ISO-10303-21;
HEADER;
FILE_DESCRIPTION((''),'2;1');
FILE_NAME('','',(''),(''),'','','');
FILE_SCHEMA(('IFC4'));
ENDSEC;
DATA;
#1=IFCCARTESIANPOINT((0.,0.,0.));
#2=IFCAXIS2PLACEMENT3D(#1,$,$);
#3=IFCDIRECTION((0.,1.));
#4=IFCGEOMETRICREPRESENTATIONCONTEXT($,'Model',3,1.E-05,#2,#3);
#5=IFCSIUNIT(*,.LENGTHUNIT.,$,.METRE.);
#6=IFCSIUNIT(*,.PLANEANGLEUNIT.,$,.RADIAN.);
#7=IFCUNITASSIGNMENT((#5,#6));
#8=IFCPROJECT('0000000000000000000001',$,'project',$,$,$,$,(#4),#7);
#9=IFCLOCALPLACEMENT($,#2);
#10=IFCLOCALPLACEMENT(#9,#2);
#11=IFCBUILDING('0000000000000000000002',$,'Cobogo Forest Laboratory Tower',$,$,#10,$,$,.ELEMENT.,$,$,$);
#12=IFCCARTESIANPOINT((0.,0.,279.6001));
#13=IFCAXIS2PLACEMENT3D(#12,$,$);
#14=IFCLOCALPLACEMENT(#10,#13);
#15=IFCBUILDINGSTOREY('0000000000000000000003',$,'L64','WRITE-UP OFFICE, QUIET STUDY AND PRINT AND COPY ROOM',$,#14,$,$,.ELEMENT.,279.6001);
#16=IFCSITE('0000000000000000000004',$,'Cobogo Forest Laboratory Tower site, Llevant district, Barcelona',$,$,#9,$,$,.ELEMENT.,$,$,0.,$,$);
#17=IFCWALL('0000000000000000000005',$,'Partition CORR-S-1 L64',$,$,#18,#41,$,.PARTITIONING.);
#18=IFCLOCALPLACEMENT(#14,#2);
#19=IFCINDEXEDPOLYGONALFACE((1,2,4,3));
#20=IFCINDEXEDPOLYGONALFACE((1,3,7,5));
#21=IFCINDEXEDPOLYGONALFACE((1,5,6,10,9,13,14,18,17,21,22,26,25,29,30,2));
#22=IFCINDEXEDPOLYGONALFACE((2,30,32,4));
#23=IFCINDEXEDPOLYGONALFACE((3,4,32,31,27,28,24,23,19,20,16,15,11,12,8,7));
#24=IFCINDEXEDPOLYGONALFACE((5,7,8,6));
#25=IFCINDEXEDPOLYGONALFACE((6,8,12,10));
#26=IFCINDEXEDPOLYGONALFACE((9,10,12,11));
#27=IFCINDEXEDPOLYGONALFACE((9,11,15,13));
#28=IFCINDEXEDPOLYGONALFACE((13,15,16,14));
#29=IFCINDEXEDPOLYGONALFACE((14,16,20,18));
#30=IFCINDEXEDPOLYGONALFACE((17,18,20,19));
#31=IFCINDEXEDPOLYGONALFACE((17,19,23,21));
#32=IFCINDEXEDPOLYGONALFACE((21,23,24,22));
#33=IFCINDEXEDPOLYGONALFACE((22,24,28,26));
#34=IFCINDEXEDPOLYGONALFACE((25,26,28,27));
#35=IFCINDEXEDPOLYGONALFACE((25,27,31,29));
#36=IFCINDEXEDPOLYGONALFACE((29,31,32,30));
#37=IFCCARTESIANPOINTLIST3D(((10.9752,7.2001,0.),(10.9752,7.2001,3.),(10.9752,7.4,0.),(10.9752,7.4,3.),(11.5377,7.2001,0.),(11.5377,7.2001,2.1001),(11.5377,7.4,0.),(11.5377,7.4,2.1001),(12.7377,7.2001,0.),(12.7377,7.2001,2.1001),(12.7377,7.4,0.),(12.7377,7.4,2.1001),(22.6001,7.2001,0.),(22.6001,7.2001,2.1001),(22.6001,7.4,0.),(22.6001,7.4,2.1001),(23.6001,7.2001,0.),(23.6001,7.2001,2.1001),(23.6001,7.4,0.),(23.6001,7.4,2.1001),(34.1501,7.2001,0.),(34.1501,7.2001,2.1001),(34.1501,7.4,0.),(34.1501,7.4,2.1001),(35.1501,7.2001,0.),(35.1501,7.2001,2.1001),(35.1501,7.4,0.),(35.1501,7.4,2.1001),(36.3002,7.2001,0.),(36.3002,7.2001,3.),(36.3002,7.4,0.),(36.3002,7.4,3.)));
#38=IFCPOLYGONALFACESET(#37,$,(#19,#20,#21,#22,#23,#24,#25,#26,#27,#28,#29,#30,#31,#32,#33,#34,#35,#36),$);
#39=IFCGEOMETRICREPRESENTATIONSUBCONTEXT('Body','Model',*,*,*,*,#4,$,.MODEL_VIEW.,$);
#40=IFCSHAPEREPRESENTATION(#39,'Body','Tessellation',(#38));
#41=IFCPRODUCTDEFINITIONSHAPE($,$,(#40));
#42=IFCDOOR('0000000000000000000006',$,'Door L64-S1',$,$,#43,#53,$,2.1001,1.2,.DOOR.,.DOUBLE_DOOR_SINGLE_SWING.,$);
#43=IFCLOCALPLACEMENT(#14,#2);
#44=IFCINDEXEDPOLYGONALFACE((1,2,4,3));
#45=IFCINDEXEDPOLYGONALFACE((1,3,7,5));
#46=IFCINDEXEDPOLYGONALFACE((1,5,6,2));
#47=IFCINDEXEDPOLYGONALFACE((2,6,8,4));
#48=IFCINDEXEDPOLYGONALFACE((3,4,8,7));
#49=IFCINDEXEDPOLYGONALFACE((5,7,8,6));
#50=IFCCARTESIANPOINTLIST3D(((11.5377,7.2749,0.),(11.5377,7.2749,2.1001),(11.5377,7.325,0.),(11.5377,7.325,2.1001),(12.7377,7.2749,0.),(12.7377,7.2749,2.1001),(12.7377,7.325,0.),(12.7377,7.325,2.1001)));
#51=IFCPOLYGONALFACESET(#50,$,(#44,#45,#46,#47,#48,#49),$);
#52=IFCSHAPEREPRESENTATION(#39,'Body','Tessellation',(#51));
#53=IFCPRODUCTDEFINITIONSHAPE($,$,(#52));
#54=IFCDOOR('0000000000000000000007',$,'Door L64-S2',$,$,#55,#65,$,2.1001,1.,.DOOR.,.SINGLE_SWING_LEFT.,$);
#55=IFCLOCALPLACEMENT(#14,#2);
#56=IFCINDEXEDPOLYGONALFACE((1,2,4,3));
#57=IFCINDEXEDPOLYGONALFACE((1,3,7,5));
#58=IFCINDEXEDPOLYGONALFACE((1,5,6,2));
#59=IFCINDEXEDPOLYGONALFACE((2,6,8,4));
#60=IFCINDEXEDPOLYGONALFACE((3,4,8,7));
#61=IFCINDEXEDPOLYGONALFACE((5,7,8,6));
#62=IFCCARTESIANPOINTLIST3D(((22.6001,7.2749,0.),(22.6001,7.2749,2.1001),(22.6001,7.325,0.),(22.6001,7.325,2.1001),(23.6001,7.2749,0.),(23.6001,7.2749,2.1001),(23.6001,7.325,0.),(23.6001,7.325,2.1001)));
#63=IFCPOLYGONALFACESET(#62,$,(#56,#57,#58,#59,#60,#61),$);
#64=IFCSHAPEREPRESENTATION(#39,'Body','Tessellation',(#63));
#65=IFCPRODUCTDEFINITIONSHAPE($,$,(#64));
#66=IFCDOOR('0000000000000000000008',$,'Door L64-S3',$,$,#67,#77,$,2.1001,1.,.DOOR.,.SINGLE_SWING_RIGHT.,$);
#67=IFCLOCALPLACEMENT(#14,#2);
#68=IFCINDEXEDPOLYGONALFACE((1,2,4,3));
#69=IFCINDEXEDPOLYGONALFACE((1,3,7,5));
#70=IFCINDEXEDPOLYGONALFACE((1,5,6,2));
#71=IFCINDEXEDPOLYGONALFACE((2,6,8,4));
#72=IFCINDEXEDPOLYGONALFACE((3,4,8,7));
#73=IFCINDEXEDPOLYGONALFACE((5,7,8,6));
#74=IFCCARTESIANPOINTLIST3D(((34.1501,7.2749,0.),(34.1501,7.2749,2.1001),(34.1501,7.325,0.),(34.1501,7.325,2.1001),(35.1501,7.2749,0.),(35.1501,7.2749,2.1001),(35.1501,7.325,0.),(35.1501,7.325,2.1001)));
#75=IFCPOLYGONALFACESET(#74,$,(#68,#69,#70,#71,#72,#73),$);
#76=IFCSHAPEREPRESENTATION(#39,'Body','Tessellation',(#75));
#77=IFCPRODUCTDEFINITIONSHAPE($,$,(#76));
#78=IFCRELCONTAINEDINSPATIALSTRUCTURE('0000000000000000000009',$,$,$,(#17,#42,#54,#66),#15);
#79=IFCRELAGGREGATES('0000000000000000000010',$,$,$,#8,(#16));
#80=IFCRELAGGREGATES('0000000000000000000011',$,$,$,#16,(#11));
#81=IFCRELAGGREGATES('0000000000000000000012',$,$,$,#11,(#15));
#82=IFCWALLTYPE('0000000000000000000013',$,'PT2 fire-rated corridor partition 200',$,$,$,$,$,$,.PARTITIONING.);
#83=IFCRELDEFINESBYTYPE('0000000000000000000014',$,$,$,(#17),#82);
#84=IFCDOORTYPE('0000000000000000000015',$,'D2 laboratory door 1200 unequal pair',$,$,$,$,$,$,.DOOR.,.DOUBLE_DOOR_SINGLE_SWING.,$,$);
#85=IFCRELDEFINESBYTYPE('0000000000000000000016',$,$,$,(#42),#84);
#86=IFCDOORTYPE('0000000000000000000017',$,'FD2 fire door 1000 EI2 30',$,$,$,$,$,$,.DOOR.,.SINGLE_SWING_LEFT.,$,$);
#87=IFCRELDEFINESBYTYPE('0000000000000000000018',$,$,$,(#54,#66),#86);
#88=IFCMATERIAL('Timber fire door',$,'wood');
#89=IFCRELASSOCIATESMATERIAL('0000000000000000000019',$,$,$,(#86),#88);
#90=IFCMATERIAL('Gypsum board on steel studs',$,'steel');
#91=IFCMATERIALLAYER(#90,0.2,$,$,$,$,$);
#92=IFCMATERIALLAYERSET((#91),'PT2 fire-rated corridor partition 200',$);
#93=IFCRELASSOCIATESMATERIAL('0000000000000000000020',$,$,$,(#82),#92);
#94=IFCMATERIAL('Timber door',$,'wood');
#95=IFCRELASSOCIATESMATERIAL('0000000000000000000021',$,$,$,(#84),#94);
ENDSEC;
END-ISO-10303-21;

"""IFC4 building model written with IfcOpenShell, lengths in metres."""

from ifc_helpers import new_model, si_unit, direction, frame, frame_2d, origin, place, context, subcontext, project, spatial, rectangle, extrude, material, layer, layer_set, type_object, element, fill, save


model = new_model("IFC4")

# Units and contexts
model_context = context("Model", 3, precision=1e-05, world=origin(), true_north=direction((0.0, 1.0)))
body_context = subcontext(model_context, "Body", "Model", "MODEL_VIEW")
ifc_project = project(units=[si_unit("LENGTHUNIT", "METRE"), si_unit("PLANEANGLEUNIT", "RADIAN")], contexts=[model_context])

# Site, building, storey
site_placement = place(None, origin())
site = spatial("IfcSite", under=ifc_project, at=site_placement, Name="Cobogo Forest Laboratory Tower site, Llevant district, Barcelona", CompositionType="ELEMENT", RefElevation=0.0)
building_placement = place(site_placement, origin())
building = spatial("IfcBuilding", under=site, at=building_placement, Name="Cobogo Forest Laboratory Tower", CompositionType="ELEMENT")
storey_placement = place(building_placement, frame((0.0, 0.0, 279.6001)))
storey = spatial("IfcBuildingStorey", under=building, at=storey_placement, Name="L64", Description="WRITE-UP OFFICE, QUIET STUDY AND PRINT AND COPY ROOM", CompositionType="ELEMENT", Elevation=279.6001)

# Shared definitions
ifc_material_1 = material(Name="Gypsum board on steel studs", Category="steel")
ifc_material_2 = material(Name="Timber fire door", Category="wood")
door_type_1 = type_object("IfcDoorType", Name="FD2 fire door 1000 EI2 30", OperationType="SINGLE_SWING_LEFT", PredefinedType="DOOR", material=ifc_material_2)

# Wall, openings, doors
ifc_layer_1 = layer(ifc_material_1, 0.2)
ifc_layer_set_1 = layer_set([ifc_layer_1], Name="PT2 fire-rated corridor partition 200")
wall_type_1 = type_object("IfcWallType", Name="PT2 fire-rated corridor partition 200", PredefinedType="PARTITIONING", material=ifc_layer_set_1)
wall_1_placement = place(storey_placement, frame((10.9751, 7.3, 0.0), z_axis=(0.0, 0.0, 1.0), x_axis=(1.0, 0.0, 0.0)))
wall_1 = element("IfcWall", 1, at=wall_1_placement, inside=storey, type_object=wall_type_1, Name="Partition CORR-S-1 L64", PredefinedType="PARTITIONING", context=body_context, shape_type="SweptSolid", body=[
    extrude(rectangle(XDim=25.325, YDim=0.2, at=frame_2d((12.6626, 0.0))), origin(), (0.0, 0.0, 1.0), 3.0),
])
opening_1_placement = place(wall_1_placement, frame((0.5625, 0.0, 0.0)))
opening_1 = element("IfcOpeningElement", 2, at=opening_1_placement, cuts=wall_1, PredefinedType="OPENING", context=body_context, shape_type="SweptSolid", body=[
    extrude(rectangle(XDim=1.2, YDim=2.1001, at=frame_2d((0.6001, 1.05))), frame((0.0, 0.1099, 0.0), z_axis=(0.0, -1.0, 0.0), x_axis=(1.0, 0.0, 0.0)), (0.0, 0.0, 1.0), 0.22),
])
opening_2_placement = place(wall_1_placement, frame((11.625, 0.0, 0.0)))
opening_2 = element("IfcOpeningElement", 3, at=opening_2_placement, cuts=wall_1, PredefinedType="OPENING", context=body_context, shape_type="SweptSolid", body=[
    extrude(rectangle(XDim=1.0, YDim=2.1001, at=frame_2d((0.5, 1.05))), frame((0.0, 0.1099, 0.0), z_axis=(0.0, -1.0, 0.0), x_axis=(1.0, 0.0, 0.0)), (0.0, 0.0, 1.0), 0.22),
])
opening_3_placement = place(wall_1_placement, frame((23.175, 0.0, 0.0)))
opening_3 = element("IfcOpeningElement", 4, at=opening_3_placement, cuts=wall_1, PredefinedType="OPENING", context=body_context, shape_type="SweptSolid", body=[
    extrude(rectangle(XDim=1.0, YDim=2.1001, at=frame_2d((0.5, 1.05))), frame((0.0, 0.1099, 0.0), z_axis=(0.0, -1.0, 0.0), x_axis=(1.0, 0.0, 0.0)), (0.0, 0.0, 1.0), 0.22),
])
ifc_material_3 = material(Name="Timber door", Category="wood")
door_type_2 = type_object("IfcDoorType", Name="D2 laboratory door 1200 unequal pair", OperationType="DOUBLE_DOOR_SINGLE_SWING", PredefinedType="DOOR", material=ifc_material_3)
door_1_placement = place(opening_1_placement, origin())
door_1 = element("IfcDoor", 5, at=door_1_placement, inside=storey, type_object=door_type_2, Name="Door L64-S1", OperationType="DOUBLE_DOOR_SINGLE_SWING", OverallHeight=2.1001, OverallWidth=1.2, PredefinedType="DOOR", context=body_context, shape_type="SweptSolid", body=[
    extrude(rectangle(XDim=1.2, YDim=2.1001, at=frame_2d((0.6001, 1.05))), frame((0.0, 0.0249, 0.0), z_axis=(0.0, -1.0, 0.0), x_axis=(1.0, 0.0, 0.0)), (0.0, 0.0, 1.0), 0.05),
])
fill(opening_1, door_1)
door_2_placement = place(opening_2_placement, origin())
door_2 = element("IfcDoor", 6, at=door_2_placement, inside=storey, type_object=door_type_1, Name="Door L64-S2", OperationType="SINGLE_SWING_LEFT", OverallHeight=2.1001, OverallWidth=1.0, PredefinedType="DOOR", context=body_context, shape_type="SweptSolid", body=[
    extrude(rectangle(XDim=1.0, YDim=2.1001, at=frame_2d((0.5, 1.05))), frame((0.0, 0.0249, 0.0), z_axis=(0.0, -1.0, 0.0), x_axis=(1.0, 0.0, 0.0)), (0.0, 0.0, 1.0), 0.05),
])
fill(opening_2, door_2)
door_3_placement = place(opening_3_placement, origin())
door_3 = element("IfcDoor", 7, at=door_3_placement, inside=storey, type_object=door_type_1, Name="Door L64-S3", OperationType="SINGLE_SWING_RIGHT", OverallHeight=2.1001, OverallWidth=1.0, PredefinedType="DOOR", context=body_context, shape_type="SweptSolid", body=[
    extrude(rectangle(XDim=1.0, YDim=2.1001, at=frame_2d((0.5, 1.05))), frame((0.0, 0.0249, 0.0), z_axis=(0.0, -1.0, 0.0), x_axis=(1.0, 0.0, 0.0)), (0.0, 0.0, 1.0), 0.05),
])
fill(opening_3, door_3)

save(model, "model.ifc")
